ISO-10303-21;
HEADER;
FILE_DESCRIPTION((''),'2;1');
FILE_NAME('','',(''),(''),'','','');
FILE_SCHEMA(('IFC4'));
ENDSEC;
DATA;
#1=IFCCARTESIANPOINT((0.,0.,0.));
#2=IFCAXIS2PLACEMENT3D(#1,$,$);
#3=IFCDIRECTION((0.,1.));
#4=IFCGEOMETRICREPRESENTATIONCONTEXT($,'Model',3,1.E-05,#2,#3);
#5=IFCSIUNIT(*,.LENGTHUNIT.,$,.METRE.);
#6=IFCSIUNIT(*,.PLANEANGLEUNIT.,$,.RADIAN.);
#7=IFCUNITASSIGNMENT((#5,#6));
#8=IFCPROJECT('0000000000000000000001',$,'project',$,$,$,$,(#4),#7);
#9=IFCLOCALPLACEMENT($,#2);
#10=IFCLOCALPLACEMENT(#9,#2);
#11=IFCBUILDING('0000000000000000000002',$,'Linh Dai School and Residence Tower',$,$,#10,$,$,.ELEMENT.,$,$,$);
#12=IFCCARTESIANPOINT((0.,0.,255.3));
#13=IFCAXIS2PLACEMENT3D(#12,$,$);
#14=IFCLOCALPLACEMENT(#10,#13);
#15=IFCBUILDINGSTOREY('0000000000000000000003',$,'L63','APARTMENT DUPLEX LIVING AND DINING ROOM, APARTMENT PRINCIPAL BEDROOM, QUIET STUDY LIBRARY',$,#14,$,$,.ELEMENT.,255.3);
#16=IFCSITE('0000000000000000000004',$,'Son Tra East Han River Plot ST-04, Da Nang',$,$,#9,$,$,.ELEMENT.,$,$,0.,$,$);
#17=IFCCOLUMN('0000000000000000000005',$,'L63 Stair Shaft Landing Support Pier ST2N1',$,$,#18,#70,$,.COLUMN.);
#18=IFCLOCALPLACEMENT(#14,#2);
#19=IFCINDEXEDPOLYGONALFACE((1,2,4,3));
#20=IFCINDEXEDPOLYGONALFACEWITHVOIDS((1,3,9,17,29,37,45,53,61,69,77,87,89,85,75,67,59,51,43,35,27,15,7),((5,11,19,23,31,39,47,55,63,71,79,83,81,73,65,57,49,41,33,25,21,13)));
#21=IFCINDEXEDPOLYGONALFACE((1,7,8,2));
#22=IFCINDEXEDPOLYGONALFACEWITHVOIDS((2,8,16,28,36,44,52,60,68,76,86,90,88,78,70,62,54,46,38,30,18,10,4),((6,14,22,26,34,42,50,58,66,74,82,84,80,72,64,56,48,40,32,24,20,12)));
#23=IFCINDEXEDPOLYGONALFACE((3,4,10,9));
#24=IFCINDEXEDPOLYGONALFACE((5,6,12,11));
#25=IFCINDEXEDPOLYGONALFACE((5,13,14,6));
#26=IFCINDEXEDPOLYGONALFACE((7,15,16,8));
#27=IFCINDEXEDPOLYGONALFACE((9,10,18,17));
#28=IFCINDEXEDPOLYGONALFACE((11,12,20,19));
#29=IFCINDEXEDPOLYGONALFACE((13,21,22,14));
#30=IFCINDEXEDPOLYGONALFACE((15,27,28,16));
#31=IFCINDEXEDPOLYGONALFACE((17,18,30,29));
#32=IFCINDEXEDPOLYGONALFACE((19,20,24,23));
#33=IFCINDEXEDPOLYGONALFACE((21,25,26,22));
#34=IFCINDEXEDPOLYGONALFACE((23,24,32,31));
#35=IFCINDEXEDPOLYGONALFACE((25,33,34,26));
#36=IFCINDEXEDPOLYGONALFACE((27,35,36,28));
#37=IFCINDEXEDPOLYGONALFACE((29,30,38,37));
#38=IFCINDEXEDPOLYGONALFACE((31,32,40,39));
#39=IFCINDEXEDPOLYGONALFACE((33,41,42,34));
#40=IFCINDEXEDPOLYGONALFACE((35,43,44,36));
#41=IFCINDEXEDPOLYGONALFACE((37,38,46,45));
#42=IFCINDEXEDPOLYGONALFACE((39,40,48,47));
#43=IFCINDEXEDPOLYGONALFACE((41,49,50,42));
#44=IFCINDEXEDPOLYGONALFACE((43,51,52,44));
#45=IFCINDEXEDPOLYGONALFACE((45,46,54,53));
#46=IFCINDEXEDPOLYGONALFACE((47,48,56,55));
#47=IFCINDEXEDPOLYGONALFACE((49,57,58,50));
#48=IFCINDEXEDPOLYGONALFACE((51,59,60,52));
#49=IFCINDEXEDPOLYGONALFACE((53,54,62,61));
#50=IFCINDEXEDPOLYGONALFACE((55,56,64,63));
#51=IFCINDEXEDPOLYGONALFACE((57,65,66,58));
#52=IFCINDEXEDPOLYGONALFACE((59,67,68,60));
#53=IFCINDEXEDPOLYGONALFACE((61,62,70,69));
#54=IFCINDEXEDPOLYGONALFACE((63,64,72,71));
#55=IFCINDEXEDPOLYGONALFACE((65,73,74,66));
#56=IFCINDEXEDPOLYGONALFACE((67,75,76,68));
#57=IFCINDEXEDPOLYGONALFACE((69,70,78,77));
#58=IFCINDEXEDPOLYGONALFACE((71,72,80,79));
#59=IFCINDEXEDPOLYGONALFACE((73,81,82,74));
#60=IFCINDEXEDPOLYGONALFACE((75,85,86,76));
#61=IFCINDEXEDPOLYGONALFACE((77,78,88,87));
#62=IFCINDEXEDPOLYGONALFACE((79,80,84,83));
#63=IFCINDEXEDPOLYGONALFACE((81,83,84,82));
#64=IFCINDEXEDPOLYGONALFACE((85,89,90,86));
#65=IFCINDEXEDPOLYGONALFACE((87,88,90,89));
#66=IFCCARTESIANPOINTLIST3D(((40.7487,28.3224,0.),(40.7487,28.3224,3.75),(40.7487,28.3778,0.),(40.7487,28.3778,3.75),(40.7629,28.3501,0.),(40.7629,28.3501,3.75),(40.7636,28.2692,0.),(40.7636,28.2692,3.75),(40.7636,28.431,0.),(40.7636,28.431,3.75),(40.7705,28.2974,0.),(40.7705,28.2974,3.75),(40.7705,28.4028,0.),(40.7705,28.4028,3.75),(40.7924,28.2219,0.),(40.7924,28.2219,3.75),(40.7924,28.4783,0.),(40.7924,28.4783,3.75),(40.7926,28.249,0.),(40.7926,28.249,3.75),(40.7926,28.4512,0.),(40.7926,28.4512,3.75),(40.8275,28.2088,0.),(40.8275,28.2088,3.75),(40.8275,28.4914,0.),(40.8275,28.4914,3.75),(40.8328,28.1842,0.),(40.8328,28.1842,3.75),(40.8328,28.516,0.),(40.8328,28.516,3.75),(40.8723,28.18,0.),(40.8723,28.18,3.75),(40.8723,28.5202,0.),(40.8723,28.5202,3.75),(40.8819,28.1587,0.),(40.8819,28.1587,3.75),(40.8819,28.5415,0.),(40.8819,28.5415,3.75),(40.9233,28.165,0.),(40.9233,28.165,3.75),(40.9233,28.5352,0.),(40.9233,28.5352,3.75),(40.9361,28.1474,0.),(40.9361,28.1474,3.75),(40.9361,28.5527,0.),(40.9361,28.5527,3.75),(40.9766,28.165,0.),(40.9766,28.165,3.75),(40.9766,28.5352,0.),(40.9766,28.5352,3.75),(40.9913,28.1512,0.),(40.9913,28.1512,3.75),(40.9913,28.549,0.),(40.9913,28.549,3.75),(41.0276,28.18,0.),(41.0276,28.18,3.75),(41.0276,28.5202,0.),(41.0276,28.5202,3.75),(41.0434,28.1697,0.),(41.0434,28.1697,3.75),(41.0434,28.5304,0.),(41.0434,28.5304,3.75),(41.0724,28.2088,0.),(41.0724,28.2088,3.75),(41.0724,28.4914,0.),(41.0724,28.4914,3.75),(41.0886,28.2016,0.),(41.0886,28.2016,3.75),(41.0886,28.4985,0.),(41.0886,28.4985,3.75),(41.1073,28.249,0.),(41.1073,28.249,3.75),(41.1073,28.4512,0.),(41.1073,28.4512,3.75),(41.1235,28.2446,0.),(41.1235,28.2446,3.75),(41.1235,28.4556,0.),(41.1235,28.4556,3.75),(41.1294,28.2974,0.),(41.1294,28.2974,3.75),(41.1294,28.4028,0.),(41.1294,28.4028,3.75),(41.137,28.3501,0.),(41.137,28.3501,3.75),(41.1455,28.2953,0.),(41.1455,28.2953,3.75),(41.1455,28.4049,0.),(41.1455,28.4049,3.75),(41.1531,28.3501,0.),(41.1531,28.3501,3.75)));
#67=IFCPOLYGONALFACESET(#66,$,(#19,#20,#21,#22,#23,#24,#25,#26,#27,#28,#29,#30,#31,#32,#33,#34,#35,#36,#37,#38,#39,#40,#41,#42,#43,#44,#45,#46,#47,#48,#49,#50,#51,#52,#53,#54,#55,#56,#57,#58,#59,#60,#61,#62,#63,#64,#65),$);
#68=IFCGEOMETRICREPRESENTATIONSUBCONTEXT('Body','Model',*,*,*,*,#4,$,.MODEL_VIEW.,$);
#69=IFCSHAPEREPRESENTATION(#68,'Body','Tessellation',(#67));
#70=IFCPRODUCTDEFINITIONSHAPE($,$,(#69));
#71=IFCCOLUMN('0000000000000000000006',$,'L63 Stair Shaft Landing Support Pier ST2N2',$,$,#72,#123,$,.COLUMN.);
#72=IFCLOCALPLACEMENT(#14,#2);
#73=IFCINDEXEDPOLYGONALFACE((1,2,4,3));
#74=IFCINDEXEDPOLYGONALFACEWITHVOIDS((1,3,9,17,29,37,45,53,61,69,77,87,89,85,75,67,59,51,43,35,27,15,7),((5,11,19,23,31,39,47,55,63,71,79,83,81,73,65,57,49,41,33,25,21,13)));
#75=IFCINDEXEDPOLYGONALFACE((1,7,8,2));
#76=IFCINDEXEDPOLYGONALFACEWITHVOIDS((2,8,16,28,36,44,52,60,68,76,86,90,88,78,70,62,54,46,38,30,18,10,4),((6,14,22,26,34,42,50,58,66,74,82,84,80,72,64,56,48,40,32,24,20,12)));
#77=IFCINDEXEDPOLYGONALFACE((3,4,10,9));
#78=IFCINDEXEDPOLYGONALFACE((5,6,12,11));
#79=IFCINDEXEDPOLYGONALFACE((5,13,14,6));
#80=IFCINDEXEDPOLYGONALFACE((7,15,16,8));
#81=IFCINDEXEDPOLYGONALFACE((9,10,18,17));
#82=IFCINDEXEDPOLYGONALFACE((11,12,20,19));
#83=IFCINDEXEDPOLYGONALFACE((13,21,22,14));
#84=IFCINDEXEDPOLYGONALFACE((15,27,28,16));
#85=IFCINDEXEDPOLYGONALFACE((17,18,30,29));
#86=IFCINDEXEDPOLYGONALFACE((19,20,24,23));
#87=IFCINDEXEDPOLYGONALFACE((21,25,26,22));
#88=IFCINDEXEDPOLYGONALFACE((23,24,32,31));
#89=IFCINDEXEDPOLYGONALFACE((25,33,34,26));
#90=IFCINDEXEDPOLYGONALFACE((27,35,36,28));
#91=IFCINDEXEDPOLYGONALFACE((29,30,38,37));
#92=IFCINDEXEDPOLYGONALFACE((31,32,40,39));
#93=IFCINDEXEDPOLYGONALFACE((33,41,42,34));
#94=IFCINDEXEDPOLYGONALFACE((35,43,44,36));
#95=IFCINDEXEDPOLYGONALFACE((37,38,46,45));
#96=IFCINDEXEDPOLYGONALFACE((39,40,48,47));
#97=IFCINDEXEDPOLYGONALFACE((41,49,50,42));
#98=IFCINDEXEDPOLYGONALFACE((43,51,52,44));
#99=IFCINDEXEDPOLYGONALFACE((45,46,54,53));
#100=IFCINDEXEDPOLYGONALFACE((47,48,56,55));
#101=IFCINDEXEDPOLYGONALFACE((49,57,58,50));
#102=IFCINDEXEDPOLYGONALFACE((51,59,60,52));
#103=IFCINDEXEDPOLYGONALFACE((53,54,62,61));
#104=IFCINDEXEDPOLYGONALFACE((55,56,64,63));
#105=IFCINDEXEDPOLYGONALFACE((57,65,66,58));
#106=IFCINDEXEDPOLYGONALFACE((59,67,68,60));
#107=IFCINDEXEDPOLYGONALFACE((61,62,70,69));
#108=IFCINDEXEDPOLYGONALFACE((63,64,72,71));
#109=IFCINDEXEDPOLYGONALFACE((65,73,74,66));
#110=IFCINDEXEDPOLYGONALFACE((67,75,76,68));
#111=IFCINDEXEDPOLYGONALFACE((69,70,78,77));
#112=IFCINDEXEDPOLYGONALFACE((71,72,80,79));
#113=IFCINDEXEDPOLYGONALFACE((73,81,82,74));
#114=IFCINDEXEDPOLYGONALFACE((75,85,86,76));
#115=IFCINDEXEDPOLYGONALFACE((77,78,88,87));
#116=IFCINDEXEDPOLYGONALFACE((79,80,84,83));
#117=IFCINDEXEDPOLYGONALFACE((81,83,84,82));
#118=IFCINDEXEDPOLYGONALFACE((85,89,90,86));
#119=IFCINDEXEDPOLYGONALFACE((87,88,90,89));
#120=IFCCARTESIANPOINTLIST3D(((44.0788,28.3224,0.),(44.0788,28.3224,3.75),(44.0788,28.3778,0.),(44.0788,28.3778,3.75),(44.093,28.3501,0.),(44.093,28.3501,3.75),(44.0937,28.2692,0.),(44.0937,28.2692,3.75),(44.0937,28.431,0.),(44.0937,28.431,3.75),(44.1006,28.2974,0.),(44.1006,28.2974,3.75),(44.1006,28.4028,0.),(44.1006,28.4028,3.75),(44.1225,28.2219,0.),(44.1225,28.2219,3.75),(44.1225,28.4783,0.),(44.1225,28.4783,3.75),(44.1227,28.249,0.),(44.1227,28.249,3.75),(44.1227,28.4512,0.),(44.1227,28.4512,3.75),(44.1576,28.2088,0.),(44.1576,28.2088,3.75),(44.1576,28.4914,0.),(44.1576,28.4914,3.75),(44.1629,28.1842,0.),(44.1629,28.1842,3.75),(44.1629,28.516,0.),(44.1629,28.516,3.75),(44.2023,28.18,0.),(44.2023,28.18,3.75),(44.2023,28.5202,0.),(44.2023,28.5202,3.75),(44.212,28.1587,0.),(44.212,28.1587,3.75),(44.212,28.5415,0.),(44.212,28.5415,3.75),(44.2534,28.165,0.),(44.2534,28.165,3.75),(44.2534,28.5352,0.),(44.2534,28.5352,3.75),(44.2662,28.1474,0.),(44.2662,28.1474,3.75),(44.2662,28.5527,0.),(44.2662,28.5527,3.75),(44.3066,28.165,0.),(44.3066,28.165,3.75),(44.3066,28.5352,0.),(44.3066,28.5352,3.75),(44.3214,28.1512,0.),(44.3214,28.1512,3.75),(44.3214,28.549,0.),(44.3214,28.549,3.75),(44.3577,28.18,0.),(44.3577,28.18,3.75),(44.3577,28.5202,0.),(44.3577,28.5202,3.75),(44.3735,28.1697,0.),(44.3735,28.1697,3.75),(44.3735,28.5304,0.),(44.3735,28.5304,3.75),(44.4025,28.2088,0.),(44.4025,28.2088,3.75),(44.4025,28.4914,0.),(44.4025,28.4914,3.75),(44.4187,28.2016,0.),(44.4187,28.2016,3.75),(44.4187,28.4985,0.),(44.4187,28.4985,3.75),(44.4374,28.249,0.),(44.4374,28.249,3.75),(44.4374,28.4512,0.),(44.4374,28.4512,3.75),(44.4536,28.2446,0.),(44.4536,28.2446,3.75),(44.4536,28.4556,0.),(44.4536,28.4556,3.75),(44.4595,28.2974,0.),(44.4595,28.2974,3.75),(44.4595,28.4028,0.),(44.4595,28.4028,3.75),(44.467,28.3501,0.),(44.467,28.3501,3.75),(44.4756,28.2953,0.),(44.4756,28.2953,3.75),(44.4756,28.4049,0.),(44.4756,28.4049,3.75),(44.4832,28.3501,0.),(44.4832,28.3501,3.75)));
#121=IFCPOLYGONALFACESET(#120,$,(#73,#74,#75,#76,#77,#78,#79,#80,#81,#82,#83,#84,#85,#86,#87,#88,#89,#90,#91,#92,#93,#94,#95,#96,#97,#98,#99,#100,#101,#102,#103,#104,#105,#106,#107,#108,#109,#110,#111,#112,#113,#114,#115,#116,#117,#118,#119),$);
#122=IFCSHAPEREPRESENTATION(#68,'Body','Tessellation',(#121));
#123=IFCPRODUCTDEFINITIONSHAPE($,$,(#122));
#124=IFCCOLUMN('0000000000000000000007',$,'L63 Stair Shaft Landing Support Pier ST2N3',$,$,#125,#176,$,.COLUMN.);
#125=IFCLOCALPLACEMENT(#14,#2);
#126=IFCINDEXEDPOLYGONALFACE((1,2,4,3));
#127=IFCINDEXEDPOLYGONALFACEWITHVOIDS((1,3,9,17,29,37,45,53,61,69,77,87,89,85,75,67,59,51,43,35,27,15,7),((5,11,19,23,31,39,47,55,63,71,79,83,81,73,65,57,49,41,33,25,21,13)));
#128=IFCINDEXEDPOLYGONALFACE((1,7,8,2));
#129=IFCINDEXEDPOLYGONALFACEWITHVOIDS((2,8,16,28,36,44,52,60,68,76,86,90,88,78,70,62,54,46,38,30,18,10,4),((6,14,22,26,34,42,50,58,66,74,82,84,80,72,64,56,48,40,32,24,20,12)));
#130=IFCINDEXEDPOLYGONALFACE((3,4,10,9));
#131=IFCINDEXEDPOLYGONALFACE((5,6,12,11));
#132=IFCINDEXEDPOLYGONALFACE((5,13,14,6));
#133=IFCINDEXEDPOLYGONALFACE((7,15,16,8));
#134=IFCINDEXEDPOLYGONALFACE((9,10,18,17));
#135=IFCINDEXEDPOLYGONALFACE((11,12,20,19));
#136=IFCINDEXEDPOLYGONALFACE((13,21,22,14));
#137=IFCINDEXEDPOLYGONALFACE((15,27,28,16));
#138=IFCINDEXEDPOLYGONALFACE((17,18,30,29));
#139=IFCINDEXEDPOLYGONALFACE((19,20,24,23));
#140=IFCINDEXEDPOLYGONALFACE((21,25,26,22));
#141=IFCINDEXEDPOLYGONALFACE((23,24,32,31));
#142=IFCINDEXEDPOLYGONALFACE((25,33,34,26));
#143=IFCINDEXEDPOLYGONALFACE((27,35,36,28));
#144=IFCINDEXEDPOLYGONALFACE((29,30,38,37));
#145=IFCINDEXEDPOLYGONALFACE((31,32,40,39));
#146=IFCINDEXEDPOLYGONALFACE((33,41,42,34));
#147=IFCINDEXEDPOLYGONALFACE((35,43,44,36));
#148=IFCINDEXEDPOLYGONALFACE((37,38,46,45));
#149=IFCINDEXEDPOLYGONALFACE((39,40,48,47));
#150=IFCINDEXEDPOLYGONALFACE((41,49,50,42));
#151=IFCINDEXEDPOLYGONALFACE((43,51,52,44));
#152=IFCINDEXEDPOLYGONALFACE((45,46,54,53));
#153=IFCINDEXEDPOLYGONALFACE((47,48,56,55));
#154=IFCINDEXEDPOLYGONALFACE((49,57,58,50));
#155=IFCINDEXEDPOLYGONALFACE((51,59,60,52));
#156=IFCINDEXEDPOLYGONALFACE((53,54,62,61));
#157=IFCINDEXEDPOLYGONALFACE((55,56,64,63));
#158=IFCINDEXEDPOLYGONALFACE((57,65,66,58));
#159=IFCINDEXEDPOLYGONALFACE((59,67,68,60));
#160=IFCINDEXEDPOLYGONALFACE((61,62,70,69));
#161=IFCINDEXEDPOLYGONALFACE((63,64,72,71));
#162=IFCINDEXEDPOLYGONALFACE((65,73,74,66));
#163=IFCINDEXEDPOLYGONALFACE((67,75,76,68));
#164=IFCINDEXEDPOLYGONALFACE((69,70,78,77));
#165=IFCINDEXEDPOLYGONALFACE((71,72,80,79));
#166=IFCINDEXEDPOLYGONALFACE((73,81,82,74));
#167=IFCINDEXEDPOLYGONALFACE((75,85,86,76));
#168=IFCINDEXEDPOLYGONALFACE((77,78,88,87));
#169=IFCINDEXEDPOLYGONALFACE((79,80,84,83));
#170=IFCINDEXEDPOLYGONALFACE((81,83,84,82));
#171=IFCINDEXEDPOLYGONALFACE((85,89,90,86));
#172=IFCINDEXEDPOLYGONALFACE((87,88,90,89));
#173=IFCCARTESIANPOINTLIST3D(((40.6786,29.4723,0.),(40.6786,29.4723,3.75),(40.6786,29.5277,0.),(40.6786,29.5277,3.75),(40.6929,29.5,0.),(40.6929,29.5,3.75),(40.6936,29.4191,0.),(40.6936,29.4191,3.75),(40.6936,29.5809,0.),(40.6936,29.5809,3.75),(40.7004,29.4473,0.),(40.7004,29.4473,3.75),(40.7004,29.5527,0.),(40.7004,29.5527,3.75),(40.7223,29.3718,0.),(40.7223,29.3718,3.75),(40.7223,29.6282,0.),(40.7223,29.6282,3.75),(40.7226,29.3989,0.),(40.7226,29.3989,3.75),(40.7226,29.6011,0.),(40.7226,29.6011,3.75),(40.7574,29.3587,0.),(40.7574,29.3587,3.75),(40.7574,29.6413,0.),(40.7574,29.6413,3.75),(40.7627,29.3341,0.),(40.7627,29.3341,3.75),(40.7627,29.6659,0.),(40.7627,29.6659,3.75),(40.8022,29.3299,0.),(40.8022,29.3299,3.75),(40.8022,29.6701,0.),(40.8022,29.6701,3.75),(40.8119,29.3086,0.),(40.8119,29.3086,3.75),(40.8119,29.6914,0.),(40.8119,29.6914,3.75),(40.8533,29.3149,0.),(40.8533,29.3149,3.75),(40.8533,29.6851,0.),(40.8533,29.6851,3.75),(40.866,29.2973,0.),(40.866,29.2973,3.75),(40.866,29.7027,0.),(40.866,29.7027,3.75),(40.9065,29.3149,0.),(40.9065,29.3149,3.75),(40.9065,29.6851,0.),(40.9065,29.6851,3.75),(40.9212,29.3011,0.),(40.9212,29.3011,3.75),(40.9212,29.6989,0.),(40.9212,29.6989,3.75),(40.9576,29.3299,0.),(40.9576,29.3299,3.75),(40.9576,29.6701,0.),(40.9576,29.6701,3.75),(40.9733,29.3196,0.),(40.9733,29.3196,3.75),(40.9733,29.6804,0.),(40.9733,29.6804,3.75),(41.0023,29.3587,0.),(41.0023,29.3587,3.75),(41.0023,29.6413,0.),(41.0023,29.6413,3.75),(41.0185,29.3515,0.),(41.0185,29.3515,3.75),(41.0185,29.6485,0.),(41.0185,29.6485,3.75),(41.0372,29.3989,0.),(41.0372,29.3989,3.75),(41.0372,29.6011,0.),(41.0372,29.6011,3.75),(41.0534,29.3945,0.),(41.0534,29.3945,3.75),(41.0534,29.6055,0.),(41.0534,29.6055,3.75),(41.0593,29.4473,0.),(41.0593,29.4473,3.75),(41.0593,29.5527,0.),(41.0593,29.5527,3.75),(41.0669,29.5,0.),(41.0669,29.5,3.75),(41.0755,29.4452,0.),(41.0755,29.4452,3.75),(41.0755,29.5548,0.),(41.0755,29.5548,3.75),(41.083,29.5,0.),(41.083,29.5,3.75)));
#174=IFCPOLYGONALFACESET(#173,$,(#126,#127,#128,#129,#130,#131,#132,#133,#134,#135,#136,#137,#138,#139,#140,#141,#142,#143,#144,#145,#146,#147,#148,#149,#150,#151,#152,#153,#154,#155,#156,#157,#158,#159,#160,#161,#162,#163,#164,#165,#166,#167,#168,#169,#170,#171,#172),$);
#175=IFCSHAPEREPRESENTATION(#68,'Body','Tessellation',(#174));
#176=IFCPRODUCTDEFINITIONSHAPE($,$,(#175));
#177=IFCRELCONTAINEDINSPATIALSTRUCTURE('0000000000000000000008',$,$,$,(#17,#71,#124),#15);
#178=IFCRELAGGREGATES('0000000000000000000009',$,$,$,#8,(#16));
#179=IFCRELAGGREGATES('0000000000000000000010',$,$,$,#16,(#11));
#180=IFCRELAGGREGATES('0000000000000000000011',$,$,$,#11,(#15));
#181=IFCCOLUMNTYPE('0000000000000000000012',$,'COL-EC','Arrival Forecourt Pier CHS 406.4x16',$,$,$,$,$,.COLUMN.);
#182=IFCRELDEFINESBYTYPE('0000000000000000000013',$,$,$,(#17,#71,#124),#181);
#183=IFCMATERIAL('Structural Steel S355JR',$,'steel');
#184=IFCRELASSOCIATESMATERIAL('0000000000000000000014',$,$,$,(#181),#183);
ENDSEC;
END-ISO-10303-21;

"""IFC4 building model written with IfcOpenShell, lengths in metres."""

from ifc_helpers import new_model, si_unit, direction, frame, origin, origin_2d, place, context, subcontext, project, spatial, hollow_circle, extrude, material, material_profile, profile_set, type_object, element, save


model = new_model("IFC4")

# Units and contexts
model_context = context("Model", 3, precision=1e-05, world=origin(), true_north=direction((0.0, 1.0)))
body_context = subcontext(model_context, "Body", "Model", "MODEL_VIEW")
ifc_project = project(units=[si_unit("LENGTHUNIT", "METRE"), si_unit("PLANEANGLEUNIT", "RADIAN")], contexts=[model_context])

# Site, building, storey
site_placement = place(None, origin())
site = spatial("IfcSite", under=ifc_project, at=site_placement, Name="Son Tra East Han River Plot ST-04, Da Nang", CompositionType="ELEMENT", RefElevation=0.0)
building_placement = place(site_placement, origin())
building = spatial("IfcBuilding", under=site, at=building_placement, Name="Linh Dai School and Residence Tower", CompositionType="ELEMENT")
storey_placement = place(building_placement, frame((0.0, 0.0, 255.3)))
storey = spatial("IfcBuildingStorey", under=building, at=storey_placement, Name="L63", Description="APARTMENT DUPLEX LIVING AND DINING ROOM, APARTMENT PRINCIPAL BEDROOM, QUIET STUDY LIBRARY", CompositionType="ELEMENT", Elevation=255.3)

# Columns
ifc_material_1 = material(Name="Structural Steel S355JR", Category="steel")
ifc_material_profile_1 = material_profile(ifc_material_1, hollow_circle(Radius=0.2031, WallThickness=0.0161, at=origin_2d()), Name="CHS 406.4x16")
ifc_profile_set_1 = profile_set([ifc_material_profile_1], Name="Structural Steel S355JR")
column_type_1 = type_object("IfcColumnType", Name="COL-EC", Description="Arrival Forecourt Pier CHS 406.4x16", PredefinedType="COLUMN", material=ifc_profile_set_1)
for number, where, z_axis, x_axis, name in (
    (1, (40.95, 28.3501, 0.0), (0.0, 0.0, 1.0), (1.0, 0.0, 0.0), "L63 Stair Shaft Landing Support Pier ST2N1"),
    (2, (44.28, 28.3501, 0.0), (0.0, 0.0, 1.0), (1.0, 0.0, 0.0), "L63 Stair Shaft Landing Support Pier ST2N2"),
    (3, (40.8799, 29.5, 0.0), (0.0, 0.0, 1.0), (1.0, 0.0, 0.0), "L63 Stair Shaft Landing Support Pier ST2N3"),
):
    element("IfcColumn", number, at=place(storey_placement, frame(where, z_axis=z_axis, x_axis=x_axis)), inside=storey, type_object=column_type_1, Name=name, PredefinedType="COLUMN", context=body_context, shape_type="SweptSolid", body=[
        extrude(hollow_circle(Radius=0.2031, WallThickness=0.0161, at=origin_2d()), origin(), (0.0, 0.0, 1.0), 3.75),
    ])

save(model, "model.ifc")
